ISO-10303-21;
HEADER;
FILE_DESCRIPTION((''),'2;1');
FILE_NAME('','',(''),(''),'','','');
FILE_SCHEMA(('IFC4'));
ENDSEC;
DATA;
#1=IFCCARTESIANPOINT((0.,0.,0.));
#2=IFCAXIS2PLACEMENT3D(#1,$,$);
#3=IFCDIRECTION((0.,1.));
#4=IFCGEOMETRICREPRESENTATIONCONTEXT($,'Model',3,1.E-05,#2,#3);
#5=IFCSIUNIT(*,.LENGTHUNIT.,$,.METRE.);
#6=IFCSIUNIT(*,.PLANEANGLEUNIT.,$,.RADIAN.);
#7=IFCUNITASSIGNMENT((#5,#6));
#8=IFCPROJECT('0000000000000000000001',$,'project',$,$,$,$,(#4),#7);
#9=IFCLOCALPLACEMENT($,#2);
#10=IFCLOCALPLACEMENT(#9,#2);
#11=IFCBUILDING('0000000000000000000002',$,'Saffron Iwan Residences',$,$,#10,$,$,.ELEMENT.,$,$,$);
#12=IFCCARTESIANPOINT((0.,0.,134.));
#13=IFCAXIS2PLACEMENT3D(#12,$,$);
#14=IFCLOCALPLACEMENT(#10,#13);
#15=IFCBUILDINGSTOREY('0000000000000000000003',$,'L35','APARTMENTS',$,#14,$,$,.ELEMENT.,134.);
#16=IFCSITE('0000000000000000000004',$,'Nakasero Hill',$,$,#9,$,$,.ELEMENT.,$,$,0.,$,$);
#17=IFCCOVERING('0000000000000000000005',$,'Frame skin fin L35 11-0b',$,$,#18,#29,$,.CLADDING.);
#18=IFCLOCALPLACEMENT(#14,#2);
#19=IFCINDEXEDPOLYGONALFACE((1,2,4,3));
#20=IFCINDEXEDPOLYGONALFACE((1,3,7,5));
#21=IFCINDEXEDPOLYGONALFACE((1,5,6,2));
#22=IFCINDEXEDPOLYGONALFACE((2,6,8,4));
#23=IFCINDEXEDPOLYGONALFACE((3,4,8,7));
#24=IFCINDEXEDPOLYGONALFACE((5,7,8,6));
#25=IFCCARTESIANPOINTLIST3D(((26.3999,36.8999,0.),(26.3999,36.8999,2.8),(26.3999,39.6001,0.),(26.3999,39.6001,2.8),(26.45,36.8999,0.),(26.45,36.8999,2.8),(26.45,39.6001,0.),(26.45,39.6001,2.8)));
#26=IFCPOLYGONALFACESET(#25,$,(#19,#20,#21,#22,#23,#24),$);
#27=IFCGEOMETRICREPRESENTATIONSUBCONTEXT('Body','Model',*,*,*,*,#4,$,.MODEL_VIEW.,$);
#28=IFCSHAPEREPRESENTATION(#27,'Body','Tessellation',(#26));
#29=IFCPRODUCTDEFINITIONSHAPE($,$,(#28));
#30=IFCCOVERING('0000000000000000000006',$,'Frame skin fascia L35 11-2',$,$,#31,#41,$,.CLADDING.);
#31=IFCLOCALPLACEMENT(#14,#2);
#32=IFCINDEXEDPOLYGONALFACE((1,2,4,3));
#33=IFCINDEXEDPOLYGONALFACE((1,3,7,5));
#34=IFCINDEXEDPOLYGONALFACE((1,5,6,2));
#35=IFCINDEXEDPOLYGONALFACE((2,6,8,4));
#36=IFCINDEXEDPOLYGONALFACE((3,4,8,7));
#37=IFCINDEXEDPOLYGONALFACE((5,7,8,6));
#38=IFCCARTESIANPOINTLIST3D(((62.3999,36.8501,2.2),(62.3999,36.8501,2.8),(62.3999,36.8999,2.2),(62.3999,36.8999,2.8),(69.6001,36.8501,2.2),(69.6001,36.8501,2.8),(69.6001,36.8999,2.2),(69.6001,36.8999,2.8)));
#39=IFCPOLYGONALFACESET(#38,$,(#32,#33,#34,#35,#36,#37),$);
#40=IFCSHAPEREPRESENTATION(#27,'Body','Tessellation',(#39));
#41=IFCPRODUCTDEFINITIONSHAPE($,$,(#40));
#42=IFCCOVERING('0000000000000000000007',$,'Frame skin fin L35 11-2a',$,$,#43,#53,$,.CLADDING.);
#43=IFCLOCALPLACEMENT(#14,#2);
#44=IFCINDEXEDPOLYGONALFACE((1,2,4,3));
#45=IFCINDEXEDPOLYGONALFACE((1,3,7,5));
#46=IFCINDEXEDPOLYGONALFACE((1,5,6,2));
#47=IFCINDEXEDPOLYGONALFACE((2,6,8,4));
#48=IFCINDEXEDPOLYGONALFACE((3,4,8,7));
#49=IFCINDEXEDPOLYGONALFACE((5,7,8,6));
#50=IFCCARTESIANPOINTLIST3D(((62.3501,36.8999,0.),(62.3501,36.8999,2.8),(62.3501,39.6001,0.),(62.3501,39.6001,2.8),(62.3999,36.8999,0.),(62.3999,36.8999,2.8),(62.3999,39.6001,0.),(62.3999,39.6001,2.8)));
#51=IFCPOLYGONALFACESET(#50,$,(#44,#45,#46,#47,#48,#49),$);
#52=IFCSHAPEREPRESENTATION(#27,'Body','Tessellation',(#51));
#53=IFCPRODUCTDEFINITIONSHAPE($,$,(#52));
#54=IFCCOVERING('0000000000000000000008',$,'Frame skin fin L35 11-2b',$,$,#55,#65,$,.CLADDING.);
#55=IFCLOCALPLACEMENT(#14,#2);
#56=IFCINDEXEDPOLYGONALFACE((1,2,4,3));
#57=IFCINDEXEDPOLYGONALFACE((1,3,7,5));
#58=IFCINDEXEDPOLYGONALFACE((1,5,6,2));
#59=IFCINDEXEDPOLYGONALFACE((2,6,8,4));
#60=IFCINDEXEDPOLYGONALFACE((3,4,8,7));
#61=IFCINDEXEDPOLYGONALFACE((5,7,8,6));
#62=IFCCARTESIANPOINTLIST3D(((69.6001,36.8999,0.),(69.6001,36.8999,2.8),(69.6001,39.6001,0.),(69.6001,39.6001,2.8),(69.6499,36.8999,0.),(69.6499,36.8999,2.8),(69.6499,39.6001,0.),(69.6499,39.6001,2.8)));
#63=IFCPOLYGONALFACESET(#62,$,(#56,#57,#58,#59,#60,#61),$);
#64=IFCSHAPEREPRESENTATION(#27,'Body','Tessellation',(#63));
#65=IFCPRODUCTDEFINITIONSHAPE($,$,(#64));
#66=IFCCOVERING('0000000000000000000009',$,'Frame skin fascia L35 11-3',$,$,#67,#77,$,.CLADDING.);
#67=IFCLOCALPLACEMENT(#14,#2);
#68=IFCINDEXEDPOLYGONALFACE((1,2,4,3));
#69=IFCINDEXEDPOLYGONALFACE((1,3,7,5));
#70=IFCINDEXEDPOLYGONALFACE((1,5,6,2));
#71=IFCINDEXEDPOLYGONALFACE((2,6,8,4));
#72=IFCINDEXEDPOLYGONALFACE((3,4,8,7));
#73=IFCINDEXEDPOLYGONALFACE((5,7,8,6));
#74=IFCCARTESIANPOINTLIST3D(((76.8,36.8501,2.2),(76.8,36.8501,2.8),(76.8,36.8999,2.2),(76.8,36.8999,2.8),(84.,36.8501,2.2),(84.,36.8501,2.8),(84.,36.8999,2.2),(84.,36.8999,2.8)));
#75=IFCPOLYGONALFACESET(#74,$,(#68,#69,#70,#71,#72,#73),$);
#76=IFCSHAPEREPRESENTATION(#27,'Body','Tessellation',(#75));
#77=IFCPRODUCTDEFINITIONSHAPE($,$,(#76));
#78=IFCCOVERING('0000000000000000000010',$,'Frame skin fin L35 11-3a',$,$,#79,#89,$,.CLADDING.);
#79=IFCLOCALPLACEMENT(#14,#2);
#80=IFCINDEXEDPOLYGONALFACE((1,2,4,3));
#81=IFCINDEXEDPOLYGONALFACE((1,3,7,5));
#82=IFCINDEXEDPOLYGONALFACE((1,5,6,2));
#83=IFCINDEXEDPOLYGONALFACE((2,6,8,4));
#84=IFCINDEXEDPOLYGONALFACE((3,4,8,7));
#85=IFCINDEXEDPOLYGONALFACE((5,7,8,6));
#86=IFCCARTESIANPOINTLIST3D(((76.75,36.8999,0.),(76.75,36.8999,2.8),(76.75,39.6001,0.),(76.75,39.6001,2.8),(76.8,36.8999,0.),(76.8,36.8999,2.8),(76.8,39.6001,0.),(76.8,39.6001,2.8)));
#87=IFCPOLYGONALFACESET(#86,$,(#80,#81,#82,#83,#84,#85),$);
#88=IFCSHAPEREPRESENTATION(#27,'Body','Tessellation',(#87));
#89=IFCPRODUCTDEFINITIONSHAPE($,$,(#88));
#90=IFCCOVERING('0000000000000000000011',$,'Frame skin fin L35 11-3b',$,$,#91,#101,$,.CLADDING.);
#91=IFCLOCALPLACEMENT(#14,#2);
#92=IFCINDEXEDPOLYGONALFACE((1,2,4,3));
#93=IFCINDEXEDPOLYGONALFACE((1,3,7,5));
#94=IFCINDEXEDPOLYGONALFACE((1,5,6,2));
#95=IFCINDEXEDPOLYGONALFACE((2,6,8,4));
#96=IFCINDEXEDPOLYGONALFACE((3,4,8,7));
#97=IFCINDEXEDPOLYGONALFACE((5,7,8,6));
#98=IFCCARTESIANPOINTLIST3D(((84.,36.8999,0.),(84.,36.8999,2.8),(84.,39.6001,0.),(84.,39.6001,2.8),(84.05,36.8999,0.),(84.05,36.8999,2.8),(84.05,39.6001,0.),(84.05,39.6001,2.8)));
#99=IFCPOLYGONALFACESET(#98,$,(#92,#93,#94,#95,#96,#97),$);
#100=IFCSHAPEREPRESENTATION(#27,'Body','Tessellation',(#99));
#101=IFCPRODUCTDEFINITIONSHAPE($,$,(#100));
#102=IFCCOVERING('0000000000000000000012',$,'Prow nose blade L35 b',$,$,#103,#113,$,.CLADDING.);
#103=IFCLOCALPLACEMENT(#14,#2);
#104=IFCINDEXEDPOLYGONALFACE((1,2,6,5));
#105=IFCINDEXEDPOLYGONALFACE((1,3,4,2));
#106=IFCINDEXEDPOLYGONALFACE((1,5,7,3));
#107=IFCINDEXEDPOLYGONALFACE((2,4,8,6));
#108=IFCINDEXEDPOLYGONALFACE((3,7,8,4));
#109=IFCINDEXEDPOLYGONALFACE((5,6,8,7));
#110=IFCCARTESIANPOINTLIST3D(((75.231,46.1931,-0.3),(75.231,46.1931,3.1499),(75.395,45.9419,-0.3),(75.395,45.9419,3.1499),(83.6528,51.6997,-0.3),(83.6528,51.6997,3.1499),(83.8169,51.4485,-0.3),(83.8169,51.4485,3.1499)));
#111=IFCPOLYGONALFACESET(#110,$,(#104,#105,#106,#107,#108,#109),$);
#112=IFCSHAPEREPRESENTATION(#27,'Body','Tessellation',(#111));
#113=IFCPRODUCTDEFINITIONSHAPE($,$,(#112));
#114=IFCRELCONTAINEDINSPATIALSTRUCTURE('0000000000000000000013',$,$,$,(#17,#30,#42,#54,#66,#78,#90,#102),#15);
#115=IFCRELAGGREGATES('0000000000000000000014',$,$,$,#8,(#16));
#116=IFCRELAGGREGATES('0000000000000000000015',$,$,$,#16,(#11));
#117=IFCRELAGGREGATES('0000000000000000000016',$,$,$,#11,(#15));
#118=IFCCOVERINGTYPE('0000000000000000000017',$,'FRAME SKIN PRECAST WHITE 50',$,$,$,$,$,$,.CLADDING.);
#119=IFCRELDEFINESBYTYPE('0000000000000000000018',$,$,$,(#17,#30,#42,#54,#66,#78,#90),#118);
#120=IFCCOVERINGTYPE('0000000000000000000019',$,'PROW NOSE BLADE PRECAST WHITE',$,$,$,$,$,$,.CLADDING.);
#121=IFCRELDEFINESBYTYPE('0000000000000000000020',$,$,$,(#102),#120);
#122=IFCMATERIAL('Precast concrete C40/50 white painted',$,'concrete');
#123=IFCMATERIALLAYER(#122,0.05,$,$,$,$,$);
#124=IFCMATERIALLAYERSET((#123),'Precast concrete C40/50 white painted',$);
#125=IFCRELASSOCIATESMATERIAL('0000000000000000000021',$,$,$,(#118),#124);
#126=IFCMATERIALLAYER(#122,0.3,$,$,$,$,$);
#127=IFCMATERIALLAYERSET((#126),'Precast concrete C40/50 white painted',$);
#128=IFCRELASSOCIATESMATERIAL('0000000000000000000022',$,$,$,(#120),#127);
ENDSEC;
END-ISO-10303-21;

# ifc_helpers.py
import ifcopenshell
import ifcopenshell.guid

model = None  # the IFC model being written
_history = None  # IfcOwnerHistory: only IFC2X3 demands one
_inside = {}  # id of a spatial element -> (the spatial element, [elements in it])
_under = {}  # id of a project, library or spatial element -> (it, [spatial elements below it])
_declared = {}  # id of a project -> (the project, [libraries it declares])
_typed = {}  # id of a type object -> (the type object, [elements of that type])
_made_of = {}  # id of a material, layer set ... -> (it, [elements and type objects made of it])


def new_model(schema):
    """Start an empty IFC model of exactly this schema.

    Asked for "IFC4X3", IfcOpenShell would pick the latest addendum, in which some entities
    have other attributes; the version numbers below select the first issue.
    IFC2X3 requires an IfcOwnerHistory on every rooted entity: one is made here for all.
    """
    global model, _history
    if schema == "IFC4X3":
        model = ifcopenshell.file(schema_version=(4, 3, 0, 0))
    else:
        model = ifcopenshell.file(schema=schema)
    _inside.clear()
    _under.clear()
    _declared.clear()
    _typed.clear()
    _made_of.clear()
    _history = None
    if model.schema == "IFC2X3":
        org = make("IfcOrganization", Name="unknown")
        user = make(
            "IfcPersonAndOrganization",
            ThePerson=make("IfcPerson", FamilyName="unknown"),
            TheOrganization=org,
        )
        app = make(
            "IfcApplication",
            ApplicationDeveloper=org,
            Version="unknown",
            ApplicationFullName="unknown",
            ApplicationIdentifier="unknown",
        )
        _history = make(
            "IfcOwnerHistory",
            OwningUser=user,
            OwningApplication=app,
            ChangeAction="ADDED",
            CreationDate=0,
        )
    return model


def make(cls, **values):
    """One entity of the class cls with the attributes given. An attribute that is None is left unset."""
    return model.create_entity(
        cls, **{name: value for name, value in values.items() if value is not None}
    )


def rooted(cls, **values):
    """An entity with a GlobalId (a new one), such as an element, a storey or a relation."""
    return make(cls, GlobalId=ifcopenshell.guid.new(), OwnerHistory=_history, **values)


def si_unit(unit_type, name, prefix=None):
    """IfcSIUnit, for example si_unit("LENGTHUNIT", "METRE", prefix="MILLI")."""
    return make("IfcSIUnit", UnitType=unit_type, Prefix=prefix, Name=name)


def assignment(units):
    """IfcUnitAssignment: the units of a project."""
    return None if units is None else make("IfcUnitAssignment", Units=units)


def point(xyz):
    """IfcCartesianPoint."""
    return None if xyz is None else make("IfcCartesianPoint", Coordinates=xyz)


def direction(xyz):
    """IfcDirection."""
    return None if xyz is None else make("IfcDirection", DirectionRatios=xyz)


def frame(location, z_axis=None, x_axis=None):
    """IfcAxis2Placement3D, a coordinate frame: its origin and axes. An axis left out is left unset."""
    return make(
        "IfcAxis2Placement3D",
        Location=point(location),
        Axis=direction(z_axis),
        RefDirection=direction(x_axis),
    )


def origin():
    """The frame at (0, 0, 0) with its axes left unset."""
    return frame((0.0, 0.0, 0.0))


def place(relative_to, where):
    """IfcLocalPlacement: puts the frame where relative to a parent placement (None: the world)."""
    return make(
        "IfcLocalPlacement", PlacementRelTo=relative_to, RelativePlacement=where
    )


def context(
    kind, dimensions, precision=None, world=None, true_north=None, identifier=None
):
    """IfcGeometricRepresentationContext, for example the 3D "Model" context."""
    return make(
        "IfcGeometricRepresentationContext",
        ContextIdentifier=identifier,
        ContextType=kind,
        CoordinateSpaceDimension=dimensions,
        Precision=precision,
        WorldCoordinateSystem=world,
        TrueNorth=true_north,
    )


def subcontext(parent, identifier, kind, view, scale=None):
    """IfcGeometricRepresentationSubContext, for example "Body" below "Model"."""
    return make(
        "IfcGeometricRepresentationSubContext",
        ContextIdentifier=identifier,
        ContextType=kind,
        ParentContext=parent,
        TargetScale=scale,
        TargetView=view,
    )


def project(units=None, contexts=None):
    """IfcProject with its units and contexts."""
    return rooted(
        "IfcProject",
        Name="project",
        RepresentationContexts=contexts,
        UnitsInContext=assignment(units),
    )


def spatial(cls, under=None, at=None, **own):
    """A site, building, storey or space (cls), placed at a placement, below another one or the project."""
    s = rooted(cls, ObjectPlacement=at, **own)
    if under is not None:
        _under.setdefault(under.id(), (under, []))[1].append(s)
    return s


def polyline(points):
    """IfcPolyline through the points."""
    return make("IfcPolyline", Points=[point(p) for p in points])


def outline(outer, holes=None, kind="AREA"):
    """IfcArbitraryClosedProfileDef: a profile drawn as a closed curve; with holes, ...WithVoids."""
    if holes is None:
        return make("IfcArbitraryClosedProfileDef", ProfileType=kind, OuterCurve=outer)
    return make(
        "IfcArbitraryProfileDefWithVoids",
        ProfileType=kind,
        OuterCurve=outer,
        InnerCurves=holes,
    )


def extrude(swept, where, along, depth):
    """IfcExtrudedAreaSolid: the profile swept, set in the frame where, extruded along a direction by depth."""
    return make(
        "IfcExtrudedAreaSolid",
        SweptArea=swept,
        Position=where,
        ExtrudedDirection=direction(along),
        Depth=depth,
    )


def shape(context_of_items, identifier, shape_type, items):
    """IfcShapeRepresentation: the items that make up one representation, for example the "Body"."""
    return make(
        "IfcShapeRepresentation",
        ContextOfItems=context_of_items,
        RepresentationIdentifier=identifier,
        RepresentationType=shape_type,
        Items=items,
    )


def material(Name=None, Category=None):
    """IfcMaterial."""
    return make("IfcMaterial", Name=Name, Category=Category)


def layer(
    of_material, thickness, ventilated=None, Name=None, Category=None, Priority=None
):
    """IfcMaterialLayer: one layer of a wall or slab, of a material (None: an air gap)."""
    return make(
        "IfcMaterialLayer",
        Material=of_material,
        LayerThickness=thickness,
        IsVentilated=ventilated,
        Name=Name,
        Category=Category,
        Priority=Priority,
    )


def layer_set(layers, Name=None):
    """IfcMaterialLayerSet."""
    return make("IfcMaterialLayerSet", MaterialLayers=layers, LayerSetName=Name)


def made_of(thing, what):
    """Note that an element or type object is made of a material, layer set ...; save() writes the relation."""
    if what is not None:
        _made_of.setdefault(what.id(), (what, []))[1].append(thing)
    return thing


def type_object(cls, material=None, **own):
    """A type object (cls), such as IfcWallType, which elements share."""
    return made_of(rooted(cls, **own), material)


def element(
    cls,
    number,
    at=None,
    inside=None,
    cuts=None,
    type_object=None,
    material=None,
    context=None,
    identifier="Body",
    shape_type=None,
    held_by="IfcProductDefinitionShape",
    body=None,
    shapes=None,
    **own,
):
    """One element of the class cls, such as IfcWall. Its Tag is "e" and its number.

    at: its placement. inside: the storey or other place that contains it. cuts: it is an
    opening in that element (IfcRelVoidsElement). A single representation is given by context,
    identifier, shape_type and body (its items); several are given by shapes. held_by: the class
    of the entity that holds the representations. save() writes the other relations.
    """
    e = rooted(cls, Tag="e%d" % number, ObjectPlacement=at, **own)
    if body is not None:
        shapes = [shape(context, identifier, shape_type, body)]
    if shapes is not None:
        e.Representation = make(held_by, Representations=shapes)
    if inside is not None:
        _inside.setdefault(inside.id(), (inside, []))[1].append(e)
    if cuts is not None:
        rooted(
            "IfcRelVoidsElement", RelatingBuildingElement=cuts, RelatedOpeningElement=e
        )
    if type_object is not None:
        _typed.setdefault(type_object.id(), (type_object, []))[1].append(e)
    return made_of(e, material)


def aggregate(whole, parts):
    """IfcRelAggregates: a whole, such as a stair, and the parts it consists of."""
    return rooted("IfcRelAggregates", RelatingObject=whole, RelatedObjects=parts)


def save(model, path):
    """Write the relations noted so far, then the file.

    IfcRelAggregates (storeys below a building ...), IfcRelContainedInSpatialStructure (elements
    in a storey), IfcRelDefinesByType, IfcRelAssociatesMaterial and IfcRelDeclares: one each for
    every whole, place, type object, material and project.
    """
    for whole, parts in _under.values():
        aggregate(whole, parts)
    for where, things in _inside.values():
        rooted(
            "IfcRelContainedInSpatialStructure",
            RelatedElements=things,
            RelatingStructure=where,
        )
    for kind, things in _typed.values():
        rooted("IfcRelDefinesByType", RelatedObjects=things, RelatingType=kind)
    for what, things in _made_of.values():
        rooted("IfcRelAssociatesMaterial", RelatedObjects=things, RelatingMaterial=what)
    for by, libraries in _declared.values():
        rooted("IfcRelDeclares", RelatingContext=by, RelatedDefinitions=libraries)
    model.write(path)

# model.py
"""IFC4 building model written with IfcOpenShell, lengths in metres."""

from ifc_helpers import new_model, si_unit, direction, frame, origin, place, context, subcontext, project, spatial, polyline, outline, extrude, material, layer, layer_set, type_object, element, save


model = new_model("IFC4")

# Units and contexts
model_context = context("Model", 3, precision=1e-05, world=origin(), true_north=direction((0.0, 1.0)))
body_context = subcontext(model_context, "Body", "Model", "MODEL_VIEW")
ifc_project = project(units=[si_unit("LENGTHUNIT", "METRE"), si_unit("PLANEANGLEUNIT", "RADIAN")], contexts=[model_context])

# Site, building, storey
site_placement = place(None, origin())
site = spatial("IfcSite", under=ifc_project, at=site_placement, Name="Nakasero Hill", CompositionType="ELEMENT", RefElevation=0.0)
building_placement = place(site_placement, origin())
building = spatial("IfcBuilding", under=site, at=building_placement, Name="Saffron Iwan Residences", CompositionType="ELEMENT")
storey_placement = place(building_placement, frame((0.0, 0.0, 134.0)))
storey = spatial("IfcBuildingStorey", under=building, at=storey_placement, Name="L35", Description="APARTMENTS", CompositionType="ELEMENT", Elevation=134.0)

# Coverings
ifc_material_1 = material(Name="Precast concrete C40/50 white painted", Category="concrete")
ifc_layer_1 = layer(ifc_material_1, 0.05)
ifc_layer_set_1 = layer_set([ifc_layer_1], Name="Precast concrete C40/50 white painted")
covering_type_1 = type_object("IfcCoveringType", Name="FRAME SKIN PRECAST WHITE 50", PredefinedType="CLADDING", material=ifc_layer_set_1)
covering_1_placement = place(storey_placement, origin())
element("IfcCovering", 1, at=covering_1_placement, inside=storey, type_object=covering_type_1, Name="Frame skin fin L35 11-0b", PredefinedType="CLADDING", context=body_context, shape_type="SweptSolid", body=[
    extrude(outline(polyline([(26.3999, 36.8999), (26.45, 36.8999), (26.45, 39.6001), (26.3999, 39.6001), (26.3999, 36.8999)])), origin(), (0.0, 0.0, 1.0), 2.8),
])
covering_2_placement = place(storey_placement, frame((0.0, 0.0, 2.2)))
element("IfcCovering", 2, at=covering_2_placement, inside=storey, type_object=covering_type_1, Name="Frame skin fascia L35 11-2", PredefinedType="CLADDING", context=body_context, shape_type="SweptSolid", body=[
    extrude(outline(polyline([(62.3999, 36.8501), (69.6001, 36.8501), (69.6001, 36.8999), (62.3999, 36.8999), (62.3999, 36.8501)])), origin(), (0.0, 0.0, 1.0), 0.6001),
])
covering_3_placement = place(storey_placement, origin())
element("IfcCovering", 3, at=covering_3_placement, inside=storey, type_object=covering_type_1, Name="Frame skin fin L35 11-2a", PredefinedType="CLADDING", context=body_context, shape_type="SweptSolid", body=[
    extrude(outline(polyline([(62.3501, 36.8999), (62.3999, 36.8999), (62.3999, 39.6001), (62.3501, 39.6001), (62.3501, 36.8999)])), origin(), (0.0, 0.0, 1.0), 2.8),
])
covering_4_placement = place(storey_placement, origin())
element("IfcCovering", 4, at=covering_4_placement, inside=storey, type_object=covering_type_1, Name="Frame skin fin L35 11-2b", PredefinedType="CLADDING", context=body_context, shape_type="SweptSolid", body=[
    extrude(outline(polyline([(69.6001, 36.8999), (69.6499, 36.8999), (69.6499, 39.6001), (69.6001, 39.6001), (69.6001, 36.8999)])), origin(), (0.0, 0.0, 1.0), 2.8),
])
covering_5_placement = place(storey_placement, frame((0.0, 0.0, 2.2)))
element("IfcCovering", 5, at=covering_5_placement, inside=storey, type_object=covering_type_1, Name="Frame skin fascia L35 11-3", PredefinedType="CLADDING", context=body_context, shape_type="SweptSolid", body=[
    extrude(outline(polyline([(76.8, 36.8501), (84.0, 36.8501), (84.0, 36.8999), (76.8, 36.8999), (76.8, 36.8501)])), origin(), (0.0, 0.0, 1.0), 0.6001),
])
covering_6_placement = place(storey_placement, origin())
element("IfcCovering", 6, at=covering_6_placement, inside=storey, type_object=covering_type_1, Name="Frame skin fin L35 11-3a", PredefinedType="CLADDING", context=body_context, shape_type="SweptSolid", body=[
    extrude(outline(polyline([(76.75, 36.8999), (76.8, 36.8999), (76.8, 39.6001), (76.75, 39.6001), (76.75, 36.8999)])), origin(), (0.0, 0.0, 1.0), 2.8),
])
covering_7_placement = place(storey_placement, origin())
element("IfcCovering", 7, at=covering_7_placement, inside=storey, type_object=covering_type_1, Name="Frame skin fin L35 11-3b", PredefinedType="CLADDING", context=body_context, shape_type="SweptSolid", body=[
    extrude(outline(polyline([(84.0, 36.8999), (84.05, 36.8999), (84.05, 39.6001), (84.0, 39.6001), (84.0, 36.8999)])), origin(), (0.0, 0.0, 1.0), 2.8),
])
ifc_layer_2 = layer(ifc_material_1, 0.3)
ifc_layer_set_2 = layer_set([ifc_layer_2], Name="Precast concrete C40/50 white painted")
covering_type_2 = type_object("IfcCoveringType", Name="PROW NOSE BLADE PRECAST WHITE", PredefinedType="CLADDING", material=ifc_layer_set_2)
covering_8_placement = place(storey_placement, frame((0.0, 0.0, -0.3)))
element("IfcCovering", 8, at=covering_8_placement, inside=storey, type_object=covering_type_2, Name="Prow nose blade L35 b", PredefinedType="CLADDING", context=body_context, shape_type="SweptSolid", body=[
    extrude(outline(polyline([(75.395, 45.9419), (83.8169, 51.4485), (83.6528, 51.6997), (75.231, 46.1931), (75.395, 45.9419)])), origin(), (0.0, 0.0, 1.0), 3.45),
])

save(model, "model.ifc")
